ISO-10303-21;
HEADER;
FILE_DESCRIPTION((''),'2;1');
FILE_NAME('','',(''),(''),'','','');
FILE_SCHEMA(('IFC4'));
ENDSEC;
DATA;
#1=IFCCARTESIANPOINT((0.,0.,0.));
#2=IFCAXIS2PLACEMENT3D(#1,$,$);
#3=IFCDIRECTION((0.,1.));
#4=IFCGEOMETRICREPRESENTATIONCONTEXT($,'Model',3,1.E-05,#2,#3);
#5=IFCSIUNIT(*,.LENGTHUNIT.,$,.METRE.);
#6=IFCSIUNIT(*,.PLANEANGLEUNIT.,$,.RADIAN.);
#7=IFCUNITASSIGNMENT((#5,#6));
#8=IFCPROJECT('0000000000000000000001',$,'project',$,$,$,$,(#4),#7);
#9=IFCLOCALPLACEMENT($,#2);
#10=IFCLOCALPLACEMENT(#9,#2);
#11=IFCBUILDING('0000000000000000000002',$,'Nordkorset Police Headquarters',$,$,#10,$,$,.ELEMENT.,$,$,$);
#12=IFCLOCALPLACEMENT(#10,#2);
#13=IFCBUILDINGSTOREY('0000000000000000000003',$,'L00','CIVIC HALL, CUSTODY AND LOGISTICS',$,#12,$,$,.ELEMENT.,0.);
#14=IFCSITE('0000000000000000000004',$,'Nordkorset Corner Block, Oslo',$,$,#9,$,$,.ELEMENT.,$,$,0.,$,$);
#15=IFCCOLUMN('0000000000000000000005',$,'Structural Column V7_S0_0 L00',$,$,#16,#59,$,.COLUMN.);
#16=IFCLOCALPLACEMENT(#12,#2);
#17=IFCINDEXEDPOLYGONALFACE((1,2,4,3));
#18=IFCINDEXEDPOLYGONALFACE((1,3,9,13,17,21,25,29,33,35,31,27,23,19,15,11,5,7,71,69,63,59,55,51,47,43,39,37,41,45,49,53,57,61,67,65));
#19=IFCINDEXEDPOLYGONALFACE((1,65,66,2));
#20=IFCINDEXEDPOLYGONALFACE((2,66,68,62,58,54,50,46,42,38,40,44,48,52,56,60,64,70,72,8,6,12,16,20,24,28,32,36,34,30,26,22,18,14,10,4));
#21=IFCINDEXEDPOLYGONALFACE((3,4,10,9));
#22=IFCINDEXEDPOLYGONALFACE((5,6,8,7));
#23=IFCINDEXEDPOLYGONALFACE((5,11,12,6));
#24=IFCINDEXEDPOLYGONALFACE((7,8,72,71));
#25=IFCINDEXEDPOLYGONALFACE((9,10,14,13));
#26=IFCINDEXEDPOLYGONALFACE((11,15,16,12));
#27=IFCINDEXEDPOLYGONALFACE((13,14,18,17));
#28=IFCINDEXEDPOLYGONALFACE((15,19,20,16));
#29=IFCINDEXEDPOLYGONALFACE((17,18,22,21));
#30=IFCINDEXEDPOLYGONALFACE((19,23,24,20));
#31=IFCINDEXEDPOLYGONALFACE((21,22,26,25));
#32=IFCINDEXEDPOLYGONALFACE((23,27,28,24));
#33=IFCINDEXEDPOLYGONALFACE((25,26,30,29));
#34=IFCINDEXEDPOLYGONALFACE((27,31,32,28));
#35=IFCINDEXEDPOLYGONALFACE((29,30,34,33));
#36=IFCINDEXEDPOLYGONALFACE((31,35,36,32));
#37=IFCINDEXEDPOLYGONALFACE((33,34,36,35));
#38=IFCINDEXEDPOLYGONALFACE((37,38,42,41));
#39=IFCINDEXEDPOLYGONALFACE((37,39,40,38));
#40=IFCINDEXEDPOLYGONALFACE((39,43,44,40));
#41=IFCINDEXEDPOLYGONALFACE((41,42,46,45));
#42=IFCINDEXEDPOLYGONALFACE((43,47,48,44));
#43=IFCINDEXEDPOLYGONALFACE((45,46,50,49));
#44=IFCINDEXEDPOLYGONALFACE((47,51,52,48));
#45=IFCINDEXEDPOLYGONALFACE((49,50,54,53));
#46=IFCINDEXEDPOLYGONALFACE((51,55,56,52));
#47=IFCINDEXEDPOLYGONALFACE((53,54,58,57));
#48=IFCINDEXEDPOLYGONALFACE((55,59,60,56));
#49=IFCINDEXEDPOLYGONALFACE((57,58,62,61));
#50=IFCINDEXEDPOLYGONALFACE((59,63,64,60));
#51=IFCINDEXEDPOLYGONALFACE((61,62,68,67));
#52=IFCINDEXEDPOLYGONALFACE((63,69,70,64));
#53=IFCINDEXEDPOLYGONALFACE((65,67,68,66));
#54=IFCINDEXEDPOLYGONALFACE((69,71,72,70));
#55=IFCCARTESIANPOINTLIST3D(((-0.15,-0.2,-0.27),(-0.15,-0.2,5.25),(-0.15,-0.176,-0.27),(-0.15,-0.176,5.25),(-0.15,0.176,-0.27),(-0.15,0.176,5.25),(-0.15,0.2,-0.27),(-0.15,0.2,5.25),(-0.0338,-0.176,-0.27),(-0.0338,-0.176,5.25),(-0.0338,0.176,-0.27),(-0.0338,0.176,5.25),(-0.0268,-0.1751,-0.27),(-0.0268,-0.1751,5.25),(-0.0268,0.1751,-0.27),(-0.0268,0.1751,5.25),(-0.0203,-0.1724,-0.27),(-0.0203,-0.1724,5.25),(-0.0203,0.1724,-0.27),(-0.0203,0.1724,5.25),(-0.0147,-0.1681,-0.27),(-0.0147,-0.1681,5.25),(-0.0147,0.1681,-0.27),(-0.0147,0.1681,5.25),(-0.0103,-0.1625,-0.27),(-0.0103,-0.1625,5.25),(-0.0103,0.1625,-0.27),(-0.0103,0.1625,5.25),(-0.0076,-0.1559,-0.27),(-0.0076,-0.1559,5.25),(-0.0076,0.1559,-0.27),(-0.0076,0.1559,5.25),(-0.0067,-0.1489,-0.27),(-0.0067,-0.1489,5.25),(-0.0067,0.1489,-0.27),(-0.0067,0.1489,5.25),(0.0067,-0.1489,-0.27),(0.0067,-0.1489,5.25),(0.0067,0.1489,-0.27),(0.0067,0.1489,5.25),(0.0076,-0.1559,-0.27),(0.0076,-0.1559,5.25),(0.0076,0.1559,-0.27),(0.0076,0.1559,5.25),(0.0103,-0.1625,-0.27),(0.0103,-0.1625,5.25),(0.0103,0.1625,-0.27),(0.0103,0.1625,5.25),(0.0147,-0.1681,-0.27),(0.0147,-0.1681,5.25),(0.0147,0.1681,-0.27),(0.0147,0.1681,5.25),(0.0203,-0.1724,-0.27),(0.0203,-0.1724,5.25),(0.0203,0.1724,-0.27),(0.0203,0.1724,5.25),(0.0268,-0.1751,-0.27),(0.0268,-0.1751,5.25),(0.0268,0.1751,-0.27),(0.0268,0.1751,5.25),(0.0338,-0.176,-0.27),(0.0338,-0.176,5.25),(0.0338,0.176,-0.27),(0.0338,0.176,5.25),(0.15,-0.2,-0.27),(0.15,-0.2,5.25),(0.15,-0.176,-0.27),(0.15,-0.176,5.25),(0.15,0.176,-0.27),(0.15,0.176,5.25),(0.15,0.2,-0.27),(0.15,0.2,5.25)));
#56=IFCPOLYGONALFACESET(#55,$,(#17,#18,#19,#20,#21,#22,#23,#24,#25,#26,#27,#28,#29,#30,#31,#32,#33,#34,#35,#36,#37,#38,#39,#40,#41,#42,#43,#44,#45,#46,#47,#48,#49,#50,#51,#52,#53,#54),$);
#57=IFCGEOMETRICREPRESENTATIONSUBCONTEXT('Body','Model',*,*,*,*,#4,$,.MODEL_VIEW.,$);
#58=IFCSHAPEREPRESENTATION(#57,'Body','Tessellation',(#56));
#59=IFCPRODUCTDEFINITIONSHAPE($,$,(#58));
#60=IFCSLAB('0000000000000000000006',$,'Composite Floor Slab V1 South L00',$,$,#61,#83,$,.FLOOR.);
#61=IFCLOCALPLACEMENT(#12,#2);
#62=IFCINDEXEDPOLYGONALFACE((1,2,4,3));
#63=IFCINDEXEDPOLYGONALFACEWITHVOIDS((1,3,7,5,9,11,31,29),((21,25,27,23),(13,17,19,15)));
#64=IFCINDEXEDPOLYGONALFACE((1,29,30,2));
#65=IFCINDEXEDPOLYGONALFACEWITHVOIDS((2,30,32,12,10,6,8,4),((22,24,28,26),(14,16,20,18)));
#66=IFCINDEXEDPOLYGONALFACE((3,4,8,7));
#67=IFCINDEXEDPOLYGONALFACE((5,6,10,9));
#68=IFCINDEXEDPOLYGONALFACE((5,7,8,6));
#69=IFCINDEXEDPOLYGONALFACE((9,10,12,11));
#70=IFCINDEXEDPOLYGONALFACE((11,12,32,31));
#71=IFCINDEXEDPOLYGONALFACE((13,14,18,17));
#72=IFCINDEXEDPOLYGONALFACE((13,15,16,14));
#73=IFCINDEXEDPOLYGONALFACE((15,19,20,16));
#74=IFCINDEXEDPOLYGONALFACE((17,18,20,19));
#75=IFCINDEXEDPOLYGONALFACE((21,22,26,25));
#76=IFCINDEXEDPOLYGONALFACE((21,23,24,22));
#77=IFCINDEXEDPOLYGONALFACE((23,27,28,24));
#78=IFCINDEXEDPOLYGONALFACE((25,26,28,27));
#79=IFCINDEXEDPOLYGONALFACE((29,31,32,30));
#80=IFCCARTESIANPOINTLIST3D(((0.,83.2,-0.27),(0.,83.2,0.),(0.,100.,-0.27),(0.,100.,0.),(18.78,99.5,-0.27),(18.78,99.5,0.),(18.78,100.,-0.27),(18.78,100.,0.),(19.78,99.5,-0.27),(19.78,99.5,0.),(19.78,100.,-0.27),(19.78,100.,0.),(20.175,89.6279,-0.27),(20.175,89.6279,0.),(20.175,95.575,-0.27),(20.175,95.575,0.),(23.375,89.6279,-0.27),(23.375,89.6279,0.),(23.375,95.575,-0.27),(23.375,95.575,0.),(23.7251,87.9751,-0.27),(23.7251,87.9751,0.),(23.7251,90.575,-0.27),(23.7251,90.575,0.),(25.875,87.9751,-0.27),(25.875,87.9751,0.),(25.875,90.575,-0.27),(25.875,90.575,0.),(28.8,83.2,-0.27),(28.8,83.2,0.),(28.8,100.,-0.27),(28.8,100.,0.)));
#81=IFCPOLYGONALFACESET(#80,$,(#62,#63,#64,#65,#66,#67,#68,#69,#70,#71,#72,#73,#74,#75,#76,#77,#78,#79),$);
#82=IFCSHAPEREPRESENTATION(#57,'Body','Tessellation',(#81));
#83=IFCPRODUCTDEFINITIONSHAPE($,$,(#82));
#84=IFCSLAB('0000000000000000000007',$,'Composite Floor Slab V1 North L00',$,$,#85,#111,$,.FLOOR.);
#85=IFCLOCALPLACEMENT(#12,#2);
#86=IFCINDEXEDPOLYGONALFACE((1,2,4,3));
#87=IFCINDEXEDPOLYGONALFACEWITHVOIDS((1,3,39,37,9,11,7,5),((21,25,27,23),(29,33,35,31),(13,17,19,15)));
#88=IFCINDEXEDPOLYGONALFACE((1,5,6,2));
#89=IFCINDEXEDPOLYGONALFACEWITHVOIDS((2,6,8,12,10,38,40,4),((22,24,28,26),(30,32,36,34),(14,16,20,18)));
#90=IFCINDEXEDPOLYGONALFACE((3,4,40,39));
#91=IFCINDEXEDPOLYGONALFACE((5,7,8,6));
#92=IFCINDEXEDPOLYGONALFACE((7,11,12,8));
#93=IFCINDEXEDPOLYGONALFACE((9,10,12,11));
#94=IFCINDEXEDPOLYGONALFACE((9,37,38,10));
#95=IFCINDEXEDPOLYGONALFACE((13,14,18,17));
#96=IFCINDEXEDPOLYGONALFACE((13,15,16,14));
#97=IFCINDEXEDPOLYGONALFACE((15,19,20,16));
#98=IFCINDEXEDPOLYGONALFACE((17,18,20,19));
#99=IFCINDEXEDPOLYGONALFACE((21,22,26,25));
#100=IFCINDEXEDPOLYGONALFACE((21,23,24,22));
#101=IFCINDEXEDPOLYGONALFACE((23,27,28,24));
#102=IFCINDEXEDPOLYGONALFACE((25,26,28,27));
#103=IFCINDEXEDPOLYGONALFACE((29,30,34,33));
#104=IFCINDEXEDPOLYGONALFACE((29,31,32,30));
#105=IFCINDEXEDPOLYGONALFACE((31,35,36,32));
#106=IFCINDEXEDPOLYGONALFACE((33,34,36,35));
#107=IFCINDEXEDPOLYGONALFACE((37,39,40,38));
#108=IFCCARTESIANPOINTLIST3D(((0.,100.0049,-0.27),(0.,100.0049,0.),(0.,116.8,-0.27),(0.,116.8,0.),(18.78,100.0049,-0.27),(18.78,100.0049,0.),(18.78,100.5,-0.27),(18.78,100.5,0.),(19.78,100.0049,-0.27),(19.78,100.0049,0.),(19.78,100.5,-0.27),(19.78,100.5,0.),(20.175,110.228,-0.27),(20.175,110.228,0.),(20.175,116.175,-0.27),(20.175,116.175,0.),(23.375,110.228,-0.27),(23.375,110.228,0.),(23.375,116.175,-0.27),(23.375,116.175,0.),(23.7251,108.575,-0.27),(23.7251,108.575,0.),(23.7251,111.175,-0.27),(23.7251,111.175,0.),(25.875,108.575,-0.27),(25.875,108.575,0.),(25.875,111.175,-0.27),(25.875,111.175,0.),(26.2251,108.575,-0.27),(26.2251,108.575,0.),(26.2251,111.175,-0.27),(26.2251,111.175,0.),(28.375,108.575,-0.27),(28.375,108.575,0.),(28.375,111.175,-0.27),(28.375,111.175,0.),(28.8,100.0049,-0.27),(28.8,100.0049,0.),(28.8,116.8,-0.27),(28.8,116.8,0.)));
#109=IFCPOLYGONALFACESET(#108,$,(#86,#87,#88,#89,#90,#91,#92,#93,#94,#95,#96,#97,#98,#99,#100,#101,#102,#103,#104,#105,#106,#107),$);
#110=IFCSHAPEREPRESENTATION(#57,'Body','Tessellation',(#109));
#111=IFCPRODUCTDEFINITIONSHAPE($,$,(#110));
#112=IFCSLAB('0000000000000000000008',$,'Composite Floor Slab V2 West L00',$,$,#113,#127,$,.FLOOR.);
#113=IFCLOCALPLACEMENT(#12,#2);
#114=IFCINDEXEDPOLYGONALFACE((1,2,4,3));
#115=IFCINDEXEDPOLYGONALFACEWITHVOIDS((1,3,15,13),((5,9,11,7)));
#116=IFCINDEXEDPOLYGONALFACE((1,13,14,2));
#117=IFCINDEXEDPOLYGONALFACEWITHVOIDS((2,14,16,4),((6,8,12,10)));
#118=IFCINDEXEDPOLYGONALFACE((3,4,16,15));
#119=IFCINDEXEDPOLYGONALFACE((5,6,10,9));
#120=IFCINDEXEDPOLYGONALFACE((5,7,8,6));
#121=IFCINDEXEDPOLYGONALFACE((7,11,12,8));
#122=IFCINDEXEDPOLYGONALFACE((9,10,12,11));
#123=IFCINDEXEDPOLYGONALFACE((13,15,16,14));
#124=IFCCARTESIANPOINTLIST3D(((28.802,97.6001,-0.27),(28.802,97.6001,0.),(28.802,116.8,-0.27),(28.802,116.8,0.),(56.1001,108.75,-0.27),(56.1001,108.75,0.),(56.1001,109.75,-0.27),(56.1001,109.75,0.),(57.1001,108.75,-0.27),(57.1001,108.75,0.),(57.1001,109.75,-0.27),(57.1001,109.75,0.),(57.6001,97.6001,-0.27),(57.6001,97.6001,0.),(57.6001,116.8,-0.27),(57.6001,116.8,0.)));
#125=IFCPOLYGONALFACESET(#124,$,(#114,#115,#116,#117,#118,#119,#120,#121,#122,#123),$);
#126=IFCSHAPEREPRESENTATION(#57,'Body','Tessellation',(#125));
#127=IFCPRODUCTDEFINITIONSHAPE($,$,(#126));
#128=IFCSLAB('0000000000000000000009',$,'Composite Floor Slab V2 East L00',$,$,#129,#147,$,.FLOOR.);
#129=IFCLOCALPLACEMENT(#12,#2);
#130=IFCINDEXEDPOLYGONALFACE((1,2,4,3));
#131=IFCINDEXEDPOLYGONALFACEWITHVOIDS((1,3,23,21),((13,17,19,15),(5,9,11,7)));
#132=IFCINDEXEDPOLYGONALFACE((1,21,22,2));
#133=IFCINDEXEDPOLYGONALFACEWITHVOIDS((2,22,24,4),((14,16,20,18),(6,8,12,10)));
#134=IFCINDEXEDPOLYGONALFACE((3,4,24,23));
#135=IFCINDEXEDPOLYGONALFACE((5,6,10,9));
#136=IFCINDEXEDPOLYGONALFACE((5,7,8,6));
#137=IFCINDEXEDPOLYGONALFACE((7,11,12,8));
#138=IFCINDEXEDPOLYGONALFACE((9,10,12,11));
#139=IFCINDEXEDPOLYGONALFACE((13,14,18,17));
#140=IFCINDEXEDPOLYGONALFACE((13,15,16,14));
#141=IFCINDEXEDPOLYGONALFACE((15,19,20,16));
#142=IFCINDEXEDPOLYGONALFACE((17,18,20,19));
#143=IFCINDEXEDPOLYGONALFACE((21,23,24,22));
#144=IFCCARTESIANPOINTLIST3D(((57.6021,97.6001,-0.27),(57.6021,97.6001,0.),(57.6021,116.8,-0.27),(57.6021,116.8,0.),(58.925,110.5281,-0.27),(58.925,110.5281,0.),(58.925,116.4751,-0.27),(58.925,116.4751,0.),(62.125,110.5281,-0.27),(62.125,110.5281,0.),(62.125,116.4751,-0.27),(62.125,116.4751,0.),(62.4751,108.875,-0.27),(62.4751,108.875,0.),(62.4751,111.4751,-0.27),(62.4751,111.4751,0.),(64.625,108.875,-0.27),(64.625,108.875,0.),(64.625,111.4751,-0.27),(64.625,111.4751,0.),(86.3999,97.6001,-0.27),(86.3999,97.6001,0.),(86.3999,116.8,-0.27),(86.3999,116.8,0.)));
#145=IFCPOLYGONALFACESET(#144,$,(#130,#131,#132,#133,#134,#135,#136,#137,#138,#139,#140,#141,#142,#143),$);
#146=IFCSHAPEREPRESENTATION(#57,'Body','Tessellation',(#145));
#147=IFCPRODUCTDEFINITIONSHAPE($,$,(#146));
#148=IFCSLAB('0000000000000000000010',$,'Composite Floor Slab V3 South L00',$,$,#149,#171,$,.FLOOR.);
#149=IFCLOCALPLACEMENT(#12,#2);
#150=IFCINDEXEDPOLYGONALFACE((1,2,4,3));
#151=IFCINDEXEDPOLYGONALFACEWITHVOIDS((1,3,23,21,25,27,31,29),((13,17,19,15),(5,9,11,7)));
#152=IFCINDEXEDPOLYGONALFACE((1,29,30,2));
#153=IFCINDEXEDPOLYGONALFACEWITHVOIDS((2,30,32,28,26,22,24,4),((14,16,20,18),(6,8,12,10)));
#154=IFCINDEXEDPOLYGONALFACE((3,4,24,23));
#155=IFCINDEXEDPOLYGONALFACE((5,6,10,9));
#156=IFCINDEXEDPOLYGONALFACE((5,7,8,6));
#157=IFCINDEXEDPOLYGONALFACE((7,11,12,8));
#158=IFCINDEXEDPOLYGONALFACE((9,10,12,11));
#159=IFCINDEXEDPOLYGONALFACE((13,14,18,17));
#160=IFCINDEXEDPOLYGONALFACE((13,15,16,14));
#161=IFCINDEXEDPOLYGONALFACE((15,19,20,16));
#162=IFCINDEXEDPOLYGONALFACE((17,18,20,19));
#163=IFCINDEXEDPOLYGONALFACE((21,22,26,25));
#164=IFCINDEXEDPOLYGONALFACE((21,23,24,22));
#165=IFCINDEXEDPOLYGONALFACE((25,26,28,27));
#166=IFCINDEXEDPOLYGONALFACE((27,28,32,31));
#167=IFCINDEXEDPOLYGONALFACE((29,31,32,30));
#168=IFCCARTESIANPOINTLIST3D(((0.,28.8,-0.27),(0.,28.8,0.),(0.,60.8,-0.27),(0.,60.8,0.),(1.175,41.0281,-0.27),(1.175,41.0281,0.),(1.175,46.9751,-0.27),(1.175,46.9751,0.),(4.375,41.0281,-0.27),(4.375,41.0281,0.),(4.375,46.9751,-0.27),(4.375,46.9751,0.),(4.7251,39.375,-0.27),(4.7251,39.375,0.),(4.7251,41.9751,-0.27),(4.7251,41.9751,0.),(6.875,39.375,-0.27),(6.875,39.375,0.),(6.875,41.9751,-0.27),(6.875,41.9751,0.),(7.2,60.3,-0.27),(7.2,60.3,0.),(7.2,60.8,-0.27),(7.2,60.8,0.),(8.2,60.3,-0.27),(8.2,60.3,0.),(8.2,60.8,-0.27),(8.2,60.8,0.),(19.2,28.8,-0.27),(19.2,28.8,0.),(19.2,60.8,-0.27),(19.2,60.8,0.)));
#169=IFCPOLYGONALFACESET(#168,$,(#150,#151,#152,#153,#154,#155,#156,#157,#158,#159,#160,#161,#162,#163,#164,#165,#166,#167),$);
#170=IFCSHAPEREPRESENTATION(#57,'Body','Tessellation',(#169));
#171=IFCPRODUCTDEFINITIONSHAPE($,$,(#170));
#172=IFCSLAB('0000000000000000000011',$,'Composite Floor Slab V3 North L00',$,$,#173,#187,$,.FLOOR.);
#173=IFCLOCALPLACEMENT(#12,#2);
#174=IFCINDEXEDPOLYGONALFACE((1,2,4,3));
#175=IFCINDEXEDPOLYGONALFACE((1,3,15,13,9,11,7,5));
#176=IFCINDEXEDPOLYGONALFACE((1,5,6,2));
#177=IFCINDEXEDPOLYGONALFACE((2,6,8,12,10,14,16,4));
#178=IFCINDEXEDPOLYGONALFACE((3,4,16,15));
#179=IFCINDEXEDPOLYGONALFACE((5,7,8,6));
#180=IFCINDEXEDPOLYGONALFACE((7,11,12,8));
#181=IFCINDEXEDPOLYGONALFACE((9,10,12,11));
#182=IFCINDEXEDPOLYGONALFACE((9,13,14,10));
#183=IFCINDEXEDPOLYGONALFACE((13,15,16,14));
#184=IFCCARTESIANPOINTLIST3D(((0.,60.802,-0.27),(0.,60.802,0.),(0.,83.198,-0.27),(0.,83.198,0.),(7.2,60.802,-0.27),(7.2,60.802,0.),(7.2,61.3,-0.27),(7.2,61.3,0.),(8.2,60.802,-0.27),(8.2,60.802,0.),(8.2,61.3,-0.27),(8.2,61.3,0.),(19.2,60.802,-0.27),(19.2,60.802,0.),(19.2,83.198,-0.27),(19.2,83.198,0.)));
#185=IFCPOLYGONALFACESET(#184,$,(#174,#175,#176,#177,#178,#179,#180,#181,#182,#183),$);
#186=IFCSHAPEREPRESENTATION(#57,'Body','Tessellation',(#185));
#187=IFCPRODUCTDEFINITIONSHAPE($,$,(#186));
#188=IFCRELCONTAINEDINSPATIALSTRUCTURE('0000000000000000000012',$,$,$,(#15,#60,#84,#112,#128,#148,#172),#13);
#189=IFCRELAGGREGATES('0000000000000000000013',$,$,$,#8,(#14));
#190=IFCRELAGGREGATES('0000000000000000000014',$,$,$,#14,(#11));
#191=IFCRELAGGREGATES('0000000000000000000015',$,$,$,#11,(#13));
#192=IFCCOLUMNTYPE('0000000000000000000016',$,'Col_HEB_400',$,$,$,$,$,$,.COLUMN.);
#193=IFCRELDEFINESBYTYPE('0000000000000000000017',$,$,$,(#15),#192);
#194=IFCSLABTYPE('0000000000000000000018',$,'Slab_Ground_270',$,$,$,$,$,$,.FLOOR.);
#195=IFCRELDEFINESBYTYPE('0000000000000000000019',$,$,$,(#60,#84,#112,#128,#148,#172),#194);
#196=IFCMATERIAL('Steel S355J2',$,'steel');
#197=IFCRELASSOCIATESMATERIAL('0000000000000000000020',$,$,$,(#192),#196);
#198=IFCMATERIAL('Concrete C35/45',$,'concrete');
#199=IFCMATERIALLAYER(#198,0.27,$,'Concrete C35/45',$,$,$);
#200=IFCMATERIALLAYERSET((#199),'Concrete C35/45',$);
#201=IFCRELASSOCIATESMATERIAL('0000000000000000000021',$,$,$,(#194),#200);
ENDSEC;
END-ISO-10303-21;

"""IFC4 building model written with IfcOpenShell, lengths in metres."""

from ifc_helpers import new_model, si_unit, direction, frame, origin, origin_2d, place, context, subcontext, project, spatial, polyline, i_section, outline, extrude, material, layer, layer_set, material_profile, profile_set, type_object, element, save


model = new_model("IFC4")

# Units and contexts
model_context = context("Model", 3, precision=1e-05, world=origin(), true_north=direction((0.0, 1.0)))
body_context = subcontext(model_context, "Body", "Model", "MODEL_VIEW")
ifc_project = project(units=[si_unit("LENGTHUNIT", "METRE"), si_unit("PLANEANGLEUNIT", "RADIAN")], contexts=[model_context])

# Site, building, storey
site_placement = place(None, origin())
site = spatial("IfcSite", under=ifc_project, at=site_placement, Name="Nordkorset Corner Block, Oslo", CompositionType="ELEMENT", RefElevation=0.0)
building_placement = place(site_placement, origin())
building = spatial("IfcBuilding", under=site, at=building_placement, Name="Nordkorset Police Headquarters", CompositionType="ELEMENT")
storey_placement = place(building_placement, origin())
storey = spatial("IfcBuildingStorey", under=building, at=storey_placement, Name="L00", Description="CIVIC HALL, CUSTODY AND LOGISTICS", CompositionType="ELEMENT", Elevation=0.0)

# Column
ifc_material_1 = material(Name="Steel S355J2", Category="steel")
ifc_material_profile = material_profile(ifc_material_1, i_section(OverallWidth=0.3, OverallDepth=0.3999, WebThickness=0.0134, FlangeThickness=0.0239, FilletRadius=0.0271, at=origin_2d()), Name="HEB 400")
ifc_profile_set = profile_set([ifc_material_profile], Name="Steel S355J2")
column_type = type_object("IfcColumnType", Name="Col_HEB_400", PredefinedType="COLUMN", material=ifc_profile_set)
column_placement = place(storey_placement, frame((0.0, 0.0, -0.27), z_axis=(0.0, 0.0, 1.0), x_axis=(1.0, 0.0, 0.0)))
element("IfcColumn", 1, at=column_placement, inside=storey, type_object=column_type, Name="Structural Column V7_S0_0 L00", PredefinedType="COLUMN", context=body_context, shape_type="SweptSolid", body=[
    extrude(i_section(OverallWidth=0.3, OverallDepth=0.3999, WebThickness=0.0134, FlangeThickness=0.0239, FilletRadius=0.0271, at=origin_2d()), origin(), (0.0, 0.0, 1.0), 5.52),
])

# Slabs
ifc_material_2 = material(Name="Concrete C35/45", Category="concrete")
ifc_layer_1 = layer(ifc_material_2, 0.27, Name="Concrete C35/45")
ifc_layer_set_1 = layer_set([ifc_layer_1], Name="Concrete C35/45")
slab_type = type_object("IfcSlabType", Name="Slab_Ground_270", PredefinedType="FLOOR", material=ifc_layer_set_1)
slab_1_placement = place(storey_placement, frame((0.0, 0.0, -0.27)))
element("IfcSlab", 2, at=slab_1_placement, inside=storey, type_object=slab_type, Name="Composite Floor Slab V1 South L00", PredefinedType="FLOOR", context=body_context, shape_type="SweptSolid", body=[
    extrude(outline(polyline([(18.78, 100.0), (18.78, 99.5), (19.78, 99.5), (19.78, 100.0), (28.8, 100.0), (28.8, 83.2), (0.0, 83.2), (0.0, 100.0), (18.78, 100.0)]), holes=[polyline([(20.175, 95.575), (20.175, 89.6279), (23.375, 89.6279), (23.375, 95.575), (20.175, 95.575)]), polyline([(25.875, 90.575), (23.7251, 90.575), (23.7251, 87.9751), (25.875, 87.9751), (25.875, 90.575)])]), origin(), (0.0, 0.0, 1.0), 0.27),
])
slab_2_placement = place(storey_placement, frame((0.0, 0.0, -0.27)))
element("IfcSlab", 3, at=slab_2_placement, inside=storey, type_object=slab_type, Name="Composite Floor Slab V1 North L00", PredefinedType="FLOOR", context=body_context, shape_type="SweptSolid", body=[
    extrude(outline(polyline([(28.8, 100.0049), (19.78, 100.0049), (19.78, 100.5), (18.78, 100.5), (18.78, 100.0049), (0.0, 100.0049), (0.0, 116.8), (28.8, 116.8), (28.8, 100.0049)]), holes=[polyline([(20.175, 110.228), (23.375, 110.228), (23.375, 116.175), (20.175, 116.175), (20.175, 110.228)]), polyline([(23.7251, 111.175), (23.7251, 108.575), (25.875, 108.575), (25.875, 111.175), (23.7251, 111.175)]), polyline([(28.375, 111.175), (26.2251, 111.175), (26.2251, 108.575), (28.375, 108.575), (28.375, 111.175)])]), origin(), (0.0, 0.0, 1.0), 0.27),
])
slab_3_placement = place(storey_placement, frame((0.0, 0.0, -0.27)))
element("IfcSlab", 4, at=slab_3_placement, inside=storey, type_object=slab_type, Name="Composite Floor Slab V2 West L00", PredefinedType="FLOOR", context=body_context, shape_type="SweptSolid", body=[
    extrude(outline(polyline([(28.802, 116.8), (57.6001, 116.8), (57.6001, 97.6001), (28.802, 97.6001), (28.802, 116.8)]), holes=[polyline([(57.1001, 109.75), (56.1001, 109.75), (56.1001, 108.75), (57.1001, 108.75), (57.1001, 109.75)])]), origin(), (0.0, 0.0, 1.0), 0.27),
])
slab_4_placement = place(storey_placement, frame((0.0, 0.0, -0.27)))
element("IfcSlab", 5, at=slab_4_placement, inside=storey, type_object=slab_type, Name="Composite Floor Slab V2 East L00", PredefinedType="FLOOR", context=body_context, shape_type="SweptSolid", body=[
    extrude(outline(polyline([(86.3999, 116.8), (86.3999, 97.6001), (57.6021, 97.6001), (57.6021, 116.8), (86.3999, 116.8)]), holes=[polyline([(58.925, 116.4751), (58.925, 110.5281), (62.125, 110.5281), (62.125, 116.4751), (58.925, 116.4751)]), polyline([(64.625, 111.4751), (62.4751, 111.4751), (62.4751, 108.875), (64.625, 108.875), (64.625, 111.4751)])]), origin(), (0.0, 0.0, 1.0), 0.27),
])
slab_5_placement = place(storey_placement, frame((0.0, 0.0, -0.27)))
element("IfcSlab", 6, at=slab_5_placement, inside=storey, type_object=slab_type, Name="Composite Floor Slab V3 South L00", PredefinedType="FLOOR", context=body_context, shape_type="SweptSolid", body=[
    extrude(outline(polyline([(7.2, 60.8), (7.2, 60.3), (8.2, 60.3), (8.2, 60.8), (19.2, 60.8), (19.2, 28.8), (0.0, 28.8), (0.0, 60.8), (7.2, 60.8)]), holes=[polyline([(1.175, 46.9751), (1.175, 41.0281), (4.375, 41.0281), (4.375, 46.9751), (1.175, 46.9751)]), polyline([(6.875, 41.9751), (4.7251, 41.9751), (4.7251, 39.375), (6.875, 39.375), (6.875, 41.9751)])]), origin(), (0.0, 0.0, 1.0), 0.27),
])
slab_6_placement = place(storey_placement, frame((0.0, 0.0, -0.27)))
element("IfcSlab", 7, at=slab_6_placement, inside=storey, type_object=slab_type, Name="Composite Floor Slab V3 North L00", PredefinedType="FLOOR", context=body_context, shape_type="SweptSolid", body=[
    extrude(outline(polyline([(0.0, 60.802), (7.2, 60.802), (7.2, 61.3), (8.2, 61.3), (8.2, 60.802), (19.2, 60.802), (19.2, 83.198), (0.0, 83.198), (0.0, 60.802)])), origin(), (0.0, 0.0, 1.0), 0.27),
])

save(model, "model.ifc")
